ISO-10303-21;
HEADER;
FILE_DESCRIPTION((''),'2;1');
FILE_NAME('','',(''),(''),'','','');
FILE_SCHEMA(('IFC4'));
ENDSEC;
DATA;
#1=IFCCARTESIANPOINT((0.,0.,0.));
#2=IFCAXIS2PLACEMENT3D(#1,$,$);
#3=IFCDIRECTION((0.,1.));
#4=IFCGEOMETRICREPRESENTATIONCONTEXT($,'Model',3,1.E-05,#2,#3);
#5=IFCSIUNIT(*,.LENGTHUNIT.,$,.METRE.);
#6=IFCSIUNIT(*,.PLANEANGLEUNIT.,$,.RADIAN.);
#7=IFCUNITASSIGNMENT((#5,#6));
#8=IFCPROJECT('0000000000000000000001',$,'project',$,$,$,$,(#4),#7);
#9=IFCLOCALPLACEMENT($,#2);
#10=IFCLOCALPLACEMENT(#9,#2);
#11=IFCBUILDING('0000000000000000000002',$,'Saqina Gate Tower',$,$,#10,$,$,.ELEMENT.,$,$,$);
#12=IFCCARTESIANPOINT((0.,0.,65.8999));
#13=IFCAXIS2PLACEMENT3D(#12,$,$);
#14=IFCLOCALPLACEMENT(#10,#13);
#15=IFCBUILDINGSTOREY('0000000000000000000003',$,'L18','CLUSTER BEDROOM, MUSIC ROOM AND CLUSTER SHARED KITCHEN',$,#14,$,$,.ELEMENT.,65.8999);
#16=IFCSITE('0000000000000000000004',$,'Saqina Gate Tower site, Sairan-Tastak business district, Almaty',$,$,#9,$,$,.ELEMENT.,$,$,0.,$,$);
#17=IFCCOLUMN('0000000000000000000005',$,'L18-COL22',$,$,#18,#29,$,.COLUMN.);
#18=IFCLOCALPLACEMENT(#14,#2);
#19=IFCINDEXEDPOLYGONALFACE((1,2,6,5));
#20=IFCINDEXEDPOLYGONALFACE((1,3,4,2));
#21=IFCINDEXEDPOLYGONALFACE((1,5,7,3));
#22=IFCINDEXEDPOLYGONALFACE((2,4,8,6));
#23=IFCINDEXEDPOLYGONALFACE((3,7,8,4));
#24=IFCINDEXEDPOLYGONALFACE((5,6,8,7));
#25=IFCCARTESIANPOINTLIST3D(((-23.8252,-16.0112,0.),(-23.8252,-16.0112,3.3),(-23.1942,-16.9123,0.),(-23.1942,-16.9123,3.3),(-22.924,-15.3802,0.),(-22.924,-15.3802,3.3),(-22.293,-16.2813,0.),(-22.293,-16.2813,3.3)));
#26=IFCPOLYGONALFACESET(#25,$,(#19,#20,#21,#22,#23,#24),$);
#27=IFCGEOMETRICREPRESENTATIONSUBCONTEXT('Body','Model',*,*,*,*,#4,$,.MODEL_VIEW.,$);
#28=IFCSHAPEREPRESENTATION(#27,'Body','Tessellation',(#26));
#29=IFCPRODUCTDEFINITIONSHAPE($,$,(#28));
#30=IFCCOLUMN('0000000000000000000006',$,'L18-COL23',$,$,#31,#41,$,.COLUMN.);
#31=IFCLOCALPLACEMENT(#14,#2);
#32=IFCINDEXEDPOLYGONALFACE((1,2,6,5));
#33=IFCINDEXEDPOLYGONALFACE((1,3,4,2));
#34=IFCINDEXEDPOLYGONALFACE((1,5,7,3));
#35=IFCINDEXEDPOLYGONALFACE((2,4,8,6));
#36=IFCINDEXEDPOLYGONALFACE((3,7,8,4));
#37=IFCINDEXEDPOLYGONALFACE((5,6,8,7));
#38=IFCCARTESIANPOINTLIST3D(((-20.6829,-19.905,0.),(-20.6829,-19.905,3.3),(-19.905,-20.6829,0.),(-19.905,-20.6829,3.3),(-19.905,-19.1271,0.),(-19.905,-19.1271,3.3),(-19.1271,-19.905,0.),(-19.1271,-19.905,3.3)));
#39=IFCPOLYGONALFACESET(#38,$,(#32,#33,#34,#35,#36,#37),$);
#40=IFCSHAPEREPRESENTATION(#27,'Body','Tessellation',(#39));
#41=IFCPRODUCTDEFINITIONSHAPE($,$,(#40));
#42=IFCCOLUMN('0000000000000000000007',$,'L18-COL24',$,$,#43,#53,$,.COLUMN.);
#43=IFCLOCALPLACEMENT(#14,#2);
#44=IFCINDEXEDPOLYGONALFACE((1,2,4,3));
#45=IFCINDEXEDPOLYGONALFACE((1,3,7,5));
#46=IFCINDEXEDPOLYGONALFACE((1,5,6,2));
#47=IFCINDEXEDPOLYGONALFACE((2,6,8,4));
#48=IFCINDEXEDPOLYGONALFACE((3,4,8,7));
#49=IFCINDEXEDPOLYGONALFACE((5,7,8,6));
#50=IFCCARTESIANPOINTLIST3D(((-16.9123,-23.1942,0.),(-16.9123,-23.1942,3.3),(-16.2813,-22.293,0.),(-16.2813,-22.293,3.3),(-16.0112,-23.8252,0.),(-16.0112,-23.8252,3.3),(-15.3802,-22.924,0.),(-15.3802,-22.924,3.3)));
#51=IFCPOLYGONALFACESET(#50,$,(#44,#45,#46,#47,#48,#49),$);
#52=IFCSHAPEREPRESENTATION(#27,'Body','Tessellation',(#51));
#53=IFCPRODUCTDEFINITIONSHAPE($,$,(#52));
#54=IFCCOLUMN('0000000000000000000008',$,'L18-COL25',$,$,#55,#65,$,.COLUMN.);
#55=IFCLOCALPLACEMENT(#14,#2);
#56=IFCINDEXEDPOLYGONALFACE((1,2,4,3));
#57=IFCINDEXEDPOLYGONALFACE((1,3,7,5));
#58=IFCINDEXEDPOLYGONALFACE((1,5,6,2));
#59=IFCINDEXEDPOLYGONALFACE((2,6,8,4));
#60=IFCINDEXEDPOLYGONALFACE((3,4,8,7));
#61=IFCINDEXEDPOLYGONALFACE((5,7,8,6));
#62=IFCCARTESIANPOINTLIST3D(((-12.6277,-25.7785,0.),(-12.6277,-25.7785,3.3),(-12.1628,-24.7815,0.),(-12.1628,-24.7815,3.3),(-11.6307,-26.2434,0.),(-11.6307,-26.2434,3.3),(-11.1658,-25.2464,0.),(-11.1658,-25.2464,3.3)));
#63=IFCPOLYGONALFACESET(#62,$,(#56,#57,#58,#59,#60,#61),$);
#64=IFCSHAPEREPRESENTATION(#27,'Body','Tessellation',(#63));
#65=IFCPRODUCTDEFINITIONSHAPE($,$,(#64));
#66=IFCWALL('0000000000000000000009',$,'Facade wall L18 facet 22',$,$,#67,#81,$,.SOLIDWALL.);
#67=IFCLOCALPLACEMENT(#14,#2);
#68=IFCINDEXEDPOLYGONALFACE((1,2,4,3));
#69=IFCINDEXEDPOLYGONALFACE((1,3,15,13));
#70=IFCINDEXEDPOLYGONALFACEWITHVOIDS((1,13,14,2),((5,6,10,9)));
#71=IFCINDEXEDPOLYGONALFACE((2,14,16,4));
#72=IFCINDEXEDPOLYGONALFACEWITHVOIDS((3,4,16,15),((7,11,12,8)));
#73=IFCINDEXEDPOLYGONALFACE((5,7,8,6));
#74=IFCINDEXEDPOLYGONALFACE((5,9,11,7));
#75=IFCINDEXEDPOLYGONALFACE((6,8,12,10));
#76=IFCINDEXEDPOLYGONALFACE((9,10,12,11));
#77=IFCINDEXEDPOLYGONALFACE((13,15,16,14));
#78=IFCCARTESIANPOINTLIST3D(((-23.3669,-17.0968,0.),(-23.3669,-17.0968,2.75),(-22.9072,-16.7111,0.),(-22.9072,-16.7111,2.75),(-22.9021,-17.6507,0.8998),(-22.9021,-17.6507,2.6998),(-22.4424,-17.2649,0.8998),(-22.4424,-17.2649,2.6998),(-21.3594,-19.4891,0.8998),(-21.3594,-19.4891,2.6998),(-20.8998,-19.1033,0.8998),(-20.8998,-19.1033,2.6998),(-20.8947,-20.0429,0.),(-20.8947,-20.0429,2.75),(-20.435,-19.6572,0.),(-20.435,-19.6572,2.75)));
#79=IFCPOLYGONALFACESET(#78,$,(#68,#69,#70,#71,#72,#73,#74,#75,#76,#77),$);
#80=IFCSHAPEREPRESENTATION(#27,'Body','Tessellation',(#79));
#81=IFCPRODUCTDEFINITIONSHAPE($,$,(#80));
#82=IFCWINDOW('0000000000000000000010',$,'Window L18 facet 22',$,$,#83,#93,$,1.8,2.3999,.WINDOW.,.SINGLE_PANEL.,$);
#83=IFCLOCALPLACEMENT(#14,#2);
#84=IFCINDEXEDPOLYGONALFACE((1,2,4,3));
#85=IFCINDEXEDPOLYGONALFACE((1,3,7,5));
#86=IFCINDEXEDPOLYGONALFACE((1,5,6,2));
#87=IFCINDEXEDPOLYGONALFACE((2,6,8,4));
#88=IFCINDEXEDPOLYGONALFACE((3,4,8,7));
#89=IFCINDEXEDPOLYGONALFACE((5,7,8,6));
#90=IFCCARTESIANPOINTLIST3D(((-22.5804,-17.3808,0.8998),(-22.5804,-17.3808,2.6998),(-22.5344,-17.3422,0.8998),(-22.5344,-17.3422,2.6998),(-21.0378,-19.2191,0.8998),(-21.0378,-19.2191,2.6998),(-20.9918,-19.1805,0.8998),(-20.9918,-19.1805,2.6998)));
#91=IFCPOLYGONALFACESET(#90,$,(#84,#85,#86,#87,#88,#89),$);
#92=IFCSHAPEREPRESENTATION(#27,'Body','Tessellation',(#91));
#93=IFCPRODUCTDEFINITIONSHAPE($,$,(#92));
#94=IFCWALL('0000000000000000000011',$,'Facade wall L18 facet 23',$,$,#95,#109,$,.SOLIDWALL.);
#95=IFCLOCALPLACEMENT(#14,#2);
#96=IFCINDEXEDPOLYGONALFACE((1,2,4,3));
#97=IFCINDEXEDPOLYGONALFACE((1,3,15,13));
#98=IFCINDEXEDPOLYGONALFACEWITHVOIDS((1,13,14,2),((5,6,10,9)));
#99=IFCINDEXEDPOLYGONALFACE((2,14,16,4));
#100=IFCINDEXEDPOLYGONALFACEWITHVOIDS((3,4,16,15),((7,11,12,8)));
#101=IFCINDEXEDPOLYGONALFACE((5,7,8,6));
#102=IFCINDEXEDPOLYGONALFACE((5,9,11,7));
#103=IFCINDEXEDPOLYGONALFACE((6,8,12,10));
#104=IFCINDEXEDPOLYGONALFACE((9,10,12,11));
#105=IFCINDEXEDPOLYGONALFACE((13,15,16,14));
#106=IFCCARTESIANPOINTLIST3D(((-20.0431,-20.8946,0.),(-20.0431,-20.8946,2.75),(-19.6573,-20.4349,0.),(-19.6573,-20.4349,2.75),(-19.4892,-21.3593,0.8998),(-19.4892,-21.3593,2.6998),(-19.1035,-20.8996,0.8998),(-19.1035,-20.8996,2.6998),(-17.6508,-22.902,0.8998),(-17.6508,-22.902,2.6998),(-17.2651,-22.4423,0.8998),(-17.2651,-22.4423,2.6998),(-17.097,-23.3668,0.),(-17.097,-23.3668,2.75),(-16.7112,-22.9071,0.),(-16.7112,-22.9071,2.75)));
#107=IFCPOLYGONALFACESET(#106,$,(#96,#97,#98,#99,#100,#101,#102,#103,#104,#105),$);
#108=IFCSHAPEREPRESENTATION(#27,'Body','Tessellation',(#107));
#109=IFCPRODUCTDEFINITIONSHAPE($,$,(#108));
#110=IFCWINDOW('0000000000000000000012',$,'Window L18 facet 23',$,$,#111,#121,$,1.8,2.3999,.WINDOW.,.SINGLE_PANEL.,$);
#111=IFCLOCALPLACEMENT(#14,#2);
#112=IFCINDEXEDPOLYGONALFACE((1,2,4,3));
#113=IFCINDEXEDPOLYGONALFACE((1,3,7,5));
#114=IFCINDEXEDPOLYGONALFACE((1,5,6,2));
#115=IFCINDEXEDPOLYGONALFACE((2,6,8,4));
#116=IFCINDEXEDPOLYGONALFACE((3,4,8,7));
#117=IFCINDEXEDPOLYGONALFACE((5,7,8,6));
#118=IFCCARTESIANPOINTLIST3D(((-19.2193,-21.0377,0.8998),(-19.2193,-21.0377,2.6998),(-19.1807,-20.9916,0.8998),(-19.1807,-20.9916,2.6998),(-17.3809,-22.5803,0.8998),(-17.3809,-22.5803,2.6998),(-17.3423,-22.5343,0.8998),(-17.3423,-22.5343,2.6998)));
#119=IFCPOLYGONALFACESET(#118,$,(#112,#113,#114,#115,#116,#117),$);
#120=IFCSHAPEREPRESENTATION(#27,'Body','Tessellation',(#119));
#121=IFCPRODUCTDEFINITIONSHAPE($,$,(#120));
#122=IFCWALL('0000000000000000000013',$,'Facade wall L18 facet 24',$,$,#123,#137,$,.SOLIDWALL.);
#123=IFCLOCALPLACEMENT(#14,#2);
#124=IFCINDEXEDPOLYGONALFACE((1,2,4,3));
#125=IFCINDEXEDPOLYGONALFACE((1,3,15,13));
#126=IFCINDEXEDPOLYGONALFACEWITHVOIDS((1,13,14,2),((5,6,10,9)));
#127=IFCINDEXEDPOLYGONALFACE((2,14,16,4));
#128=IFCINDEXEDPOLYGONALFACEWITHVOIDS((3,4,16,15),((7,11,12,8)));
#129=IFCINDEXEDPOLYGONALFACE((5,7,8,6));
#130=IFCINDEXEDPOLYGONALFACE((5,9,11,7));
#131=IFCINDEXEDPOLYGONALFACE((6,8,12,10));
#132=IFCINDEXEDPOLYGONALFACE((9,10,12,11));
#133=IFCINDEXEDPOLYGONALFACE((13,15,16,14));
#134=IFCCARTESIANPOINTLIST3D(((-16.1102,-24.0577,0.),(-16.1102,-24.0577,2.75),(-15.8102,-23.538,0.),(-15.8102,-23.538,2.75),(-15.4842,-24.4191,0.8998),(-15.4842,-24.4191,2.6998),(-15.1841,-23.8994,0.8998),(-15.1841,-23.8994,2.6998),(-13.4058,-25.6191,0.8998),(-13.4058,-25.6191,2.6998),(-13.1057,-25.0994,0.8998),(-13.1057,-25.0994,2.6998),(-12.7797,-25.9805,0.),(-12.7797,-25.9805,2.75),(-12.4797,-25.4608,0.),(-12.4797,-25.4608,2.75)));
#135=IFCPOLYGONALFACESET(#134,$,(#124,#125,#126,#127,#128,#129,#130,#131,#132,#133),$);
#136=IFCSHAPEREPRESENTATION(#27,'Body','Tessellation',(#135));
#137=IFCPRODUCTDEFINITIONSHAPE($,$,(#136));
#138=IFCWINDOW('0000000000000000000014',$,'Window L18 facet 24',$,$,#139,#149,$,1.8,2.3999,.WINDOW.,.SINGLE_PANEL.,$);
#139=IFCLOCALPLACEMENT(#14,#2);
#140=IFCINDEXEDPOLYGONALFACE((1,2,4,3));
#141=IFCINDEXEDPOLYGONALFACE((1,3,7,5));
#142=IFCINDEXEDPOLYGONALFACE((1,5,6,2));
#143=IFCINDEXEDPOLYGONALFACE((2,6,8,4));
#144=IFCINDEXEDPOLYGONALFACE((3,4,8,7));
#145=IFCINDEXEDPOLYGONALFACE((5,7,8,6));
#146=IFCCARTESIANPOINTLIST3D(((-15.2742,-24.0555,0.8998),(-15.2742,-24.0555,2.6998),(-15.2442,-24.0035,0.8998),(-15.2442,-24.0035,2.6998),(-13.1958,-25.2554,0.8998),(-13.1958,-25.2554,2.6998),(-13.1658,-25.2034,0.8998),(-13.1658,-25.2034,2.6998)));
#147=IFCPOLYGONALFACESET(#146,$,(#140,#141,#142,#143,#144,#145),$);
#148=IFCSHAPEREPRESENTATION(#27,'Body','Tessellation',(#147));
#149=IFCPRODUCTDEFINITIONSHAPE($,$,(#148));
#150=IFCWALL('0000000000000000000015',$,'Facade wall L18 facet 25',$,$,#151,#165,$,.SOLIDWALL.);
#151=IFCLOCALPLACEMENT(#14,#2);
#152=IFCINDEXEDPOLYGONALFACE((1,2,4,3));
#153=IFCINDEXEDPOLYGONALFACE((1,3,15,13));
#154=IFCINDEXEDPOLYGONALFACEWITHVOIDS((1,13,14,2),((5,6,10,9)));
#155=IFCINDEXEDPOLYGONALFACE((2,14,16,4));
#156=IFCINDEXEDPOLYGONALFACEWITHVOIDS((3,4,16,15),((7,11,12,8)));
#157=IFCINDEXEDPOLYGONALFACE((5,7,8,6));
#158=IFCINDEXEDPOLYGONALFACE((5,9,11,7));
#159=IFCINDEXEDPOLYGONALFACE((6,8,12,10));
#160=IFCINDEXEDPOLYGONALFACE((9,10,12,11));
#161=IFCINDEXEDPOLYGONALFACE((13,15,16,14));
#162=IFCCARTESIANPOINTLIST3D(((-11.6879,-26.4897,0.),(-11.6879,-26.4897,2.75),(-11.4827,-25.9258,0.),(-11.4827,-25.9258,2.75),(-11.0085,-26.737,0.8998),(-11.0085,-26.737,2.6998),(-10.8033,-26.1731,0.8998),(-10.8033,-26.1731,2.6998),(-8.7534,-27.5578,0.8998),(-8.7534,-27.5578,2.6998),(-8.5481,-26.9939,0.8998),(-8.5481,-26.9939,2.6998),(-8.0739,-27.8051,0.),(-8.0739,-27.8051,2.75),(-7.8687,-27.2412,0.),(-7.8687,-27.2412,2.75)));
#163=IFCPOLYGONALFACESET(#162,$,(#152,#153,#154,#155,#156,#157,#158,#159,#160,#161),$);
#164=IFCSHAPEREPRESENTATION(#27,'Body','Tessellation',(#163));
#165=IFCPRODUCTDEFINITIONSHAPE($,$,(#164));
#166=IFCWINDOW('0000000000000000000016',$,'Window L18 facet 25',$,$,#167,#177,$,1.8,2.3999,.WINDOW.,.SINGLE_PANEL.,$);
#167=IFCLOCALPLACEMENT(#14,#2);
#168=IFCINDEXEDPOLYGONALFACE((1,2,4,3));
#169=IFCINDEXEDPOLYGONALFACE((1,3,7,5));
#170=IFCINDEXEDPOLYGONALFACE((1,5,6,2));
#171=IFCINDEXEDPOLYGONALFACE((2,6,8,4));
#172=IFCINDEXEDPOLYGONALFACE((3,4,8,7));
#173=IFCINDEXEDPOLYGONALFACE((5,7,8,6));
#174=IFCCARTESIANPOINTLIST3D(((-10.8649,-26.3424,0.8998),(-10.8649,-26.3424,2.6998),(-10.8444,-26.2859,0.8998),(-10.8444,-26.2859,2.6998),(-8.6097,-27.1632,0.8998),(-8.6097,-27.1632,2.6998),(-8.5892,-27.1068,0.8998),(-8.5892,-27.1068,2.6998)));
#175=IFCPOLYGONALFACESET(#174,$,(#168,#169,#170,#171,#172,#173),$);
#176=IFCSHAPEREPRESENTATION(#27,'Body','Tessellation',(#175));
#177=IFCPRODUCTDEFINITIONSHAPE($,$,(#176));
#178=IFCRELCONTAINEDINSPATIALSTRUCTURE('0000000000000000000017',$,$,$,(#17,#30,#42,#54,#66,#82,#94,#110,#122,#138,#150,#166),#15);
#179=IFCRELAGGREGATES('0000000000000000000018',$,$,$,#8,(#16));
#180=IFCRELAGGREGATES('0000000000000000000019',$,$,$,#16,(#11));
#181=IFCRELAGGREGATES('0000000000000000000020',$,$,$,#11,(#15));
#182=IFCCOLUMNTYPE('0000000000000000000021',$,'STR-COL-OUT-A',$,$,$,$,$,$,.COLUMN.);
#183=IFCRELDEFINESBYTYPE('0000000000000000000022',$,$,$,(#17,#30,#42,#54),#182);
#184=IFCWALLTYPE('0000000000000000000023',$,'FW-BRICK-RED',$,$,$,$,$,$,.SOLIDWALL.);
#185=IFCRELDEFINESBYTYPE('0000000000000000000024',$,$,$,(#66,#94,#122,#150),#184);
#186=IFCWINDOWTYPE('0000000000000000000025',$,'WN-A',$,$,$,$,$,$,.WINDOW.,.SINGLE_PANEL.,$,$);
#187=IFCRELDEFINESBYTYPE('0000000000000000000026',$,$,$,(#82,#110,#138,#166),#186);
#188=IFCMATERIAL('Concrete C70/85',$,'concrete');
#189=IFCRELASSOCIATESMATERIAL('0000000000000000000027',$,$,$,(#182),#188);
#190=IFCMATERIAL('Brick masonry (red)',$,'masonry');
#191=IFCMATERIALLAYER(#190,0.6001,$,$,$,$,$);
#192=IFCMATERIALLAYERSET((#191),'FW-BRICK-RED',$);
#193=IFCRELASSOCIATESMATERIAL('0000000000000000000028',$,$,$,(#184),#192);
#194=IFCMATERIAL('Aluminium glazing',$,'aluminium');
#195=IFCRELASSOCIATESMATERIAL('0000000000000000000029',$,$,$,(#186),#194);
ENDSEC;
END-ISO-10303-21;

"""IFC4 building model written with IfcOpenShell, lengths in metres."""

from ifc_helpers import new_model, si_unit, direction, frame, frame_2d, origin, origin_2d, place, context, subcontext, project, spatial, rectangle, extrude, material, layer, layer_set, material_profile, profile_set, type_object, element, fill, save


model = new_model("IFC4")

# Units and contexts
model_context = context("Model", 3, precision=1e-05, world=origin(), true_north=direction((0.0, 1.0)))
body_context = subcontext(model_context, "Body", "Model", "MODEL_VIEW")
ifc_project = project(units=[si_unit("LENGTHUNIT", "METRE"), si_unit("PLANEANGLEUNIT", "RADIAN")], contexts=[model_context])

# Site, building, storey
site_placement = place(None, origin())
site = spatial("IfcSite", under=ifc_project, at=site_placement, Name="Saqina Gate Tower site, Sairan-Tastak business district, Almaty", CompositionType="ELEMENT", RefElevation=0.0)
building_placement = place(site_placement, origin())
building = spatial("IfcBuilding", under=site, at=building_placement, Name="Saqina Gate Tower", CompositionType="ELEMENT")
storey_placement = place(building_placement, frame((0.0, 0.0, 65.8999)))
storey = spatial("IfcBuildingStorey", under=building, at=storey_placement, Name="L18", Description="CLUSTER BEDROOM, MUSIC ROOM AND CLUSTER SHARED KITCHEN", CompositionType="ELEMENT", Elevation=65.8999)

# Columns
ifc_material_1 = material(Name="Concrete C70/85", Category="concrete")
ifc_material_profile = material_profile(ifc_material_1, rectangle(XDim=1.1001, YDim=1.1001, at=origin_2d()), Name="RC 1100x1100")
ifc_profile_set = profile_set([ifc_material_profile], Name="Concrete C70/85")
column_type = type_object("IfcColumnType", Name="STR-COL-OUT-A", PredefinedType="COLUMN", material=ifc_profile_set)
for number, where, z_axis, x_axis, name in (
    (1, (-23.0591, -16.1462, 0.0), (0.0, 0.0, 1.0), (-0.819152, -0.573576, 0.0), "L18-COL22"),
    (2, (-19.905, -19.905, 0.0), (0.0, 0.0, 1.0), (-0.707107, -0.707107, 0.0), "L18-COL23"),
    (3, (-16.1462, -23.0591, 0.0), (0.0, 0.0, 1.0), (-0.573576, -0.819152, 0.0), "L18-COL24"),
    (4, (-11.8967, -25.5125, 0.0), (0.0, 0.0, 1.0), (-0.422618, -0.906308, 0.0), "L18-COL25"),
):
    element("IfcColumn", number, at=place(storey_placement, frame(where, z_axis=z_axis, x_axis=x_axis)), inside=storey, type_object=column_type, Name=name, PredefinedType="COLUMN", context=body_context, shape_type="SweptSolid", body=[
        extrude(rectangle(XDim=1.1001, YDim=1.1001, at=origin_2d()), origin(), (0.0, 0.0, 1.0), 3.3),
    ])

# Walls, openings, windows
ifc_material_2 = material(Name="Brick masonry (red)", Category="masonry")
ifc_layer_1 = layer(ifc_material_2, 0.6001)
ifc_layer_set_1 = layer_set([ifc_layer_1], Name="FW-BRICK-RED")
wall_type_1 = type_object("IfcWallType", Name="FW-BRICK-RED", PredefinedType="SOLIDWALL", material=ifc_layer_set_1)
wall_1_placement = place(storey_placement, frame((-23.137, -16.9041, 0.0), z_axis=(0.0, 0.0, 1.0), x_axis=(0.642809, -0.766026, 0.0)))
wall_1 = element("IfcWall", 5, at=wall_1_placement, inside=storey, type_object=wall_type_1, Name="Facade wall L18 facet 22", PredefinedType="SOLIDWALL", context=body_context, shape_type="SweptSolid", body=[
    extrude(rectangle(XDim=3.8459, YDim=0.6001, at=frame_2d((1.9229, 0.0))), origin(), (0.0, 0.0, 1.0), 2.75),
])
opening_1_placement = place(wall_1_placement, frame((0.7229, 0.0, 0.8999)))
opening_1 = element("IfcOpeningElement", 6, at=opening_1_placement, cuts=wall_1, PredefinedType="OPENING", context=body_context, shape_type="SweptSolid", body=[
    extrude(rectangle(XDim=2.3999, YDim=1.8, at=frame_2d((1.2, 0.8999))), frame((0.0, 0.312, 0.0), z_axis=(0.0, -1.0, 0.0), x_axis=(1.0, 0.0, 0.0)), (0.0, 0.0, 1.0), 0.624),
])
ifc_material_3 = material(Name="Aluminium glazing", Category="aluminium")
window_type = type_object("IfcWindowType", Name="WN-A", PartitioningType="SINGLE_PANEL", PredefinedType="WINDOW", material=ifc_material_3)
window_1_placement = place(opening_1_placement, origin())
window_1 = element("IfcWindow", 7, at=window_1_placement, inside=storey, type_object=window_type, Name="Window L18 facet 22", OverallHeight=1.8, OverallWidth=2.3999, PartitioningType="SINGLE_PANEL", PredefinedType="WINDOW", context=body_context, shape_type="SweptSolid", body=[
    extrude(rectangle(XDim=2.3999, YDim=1.8, at=frame_2d((1.2, 0.8999))), frame((0.0, 0.1799, 0.0), z_axis=(0.0, -1.0, 0.0), x_axis=(1.0, 0.0, 0.0)), (0.0, 0.0, 1.0), 0.0601),
])
fill(opening_1, window_1)
wall_2_placement = place(storey_placement, frame((-19.8501, -20.6648, 0.0), z_axis=(0.0, 0.0, 1.0), x_axis=(0.766026, -0.642809, 0.0)))
wall_2 = element("IfcWall", 8, at=wall_2_placement, inside=storey, type_object=wall_type_1, Name="Facade wall L18 facet 23", PredefinedType="SOLIDWALL", context=body_context, shape_type="SweptSolid", body=[
    extrude(rectangle(XDim=3.8459, YDim=0.6001, at=frame_2d((1.9229, 0.0))), origin(), (0.0, 0.0, 1.0), 2.75),
])
opening_2_placement = place(wall_2_placement, frame((0.7229, 0.0, 0.8999)))
opening_2 = element("IfcOpeningElement", 9, at=opening_2_placement, cuts=wall_2, PredefinedType="OPENING", context=body_context, shape_type="SweptSolid", body=[
    extrude(rectangle(XDim=2.3999, YDim=1.8, at=frame_2d((1.2, 0.8999))), frame((0.0, 0.312, 0.0), z_axis=(0.0, -1.0, 0.0), x_axis=(1.0, 0.0, 0.0)), (0.0, 0.0, 1.0), 0.624),
])
window_2_placement = place(opening_2_placement, origin())
window_2 = element("IfcWindow", 10, at=window_2_placement, inside=storey, type_object=window_type, Name="Window L18 facet 23", OverallHeight=1.8, OverallWidth=2.3999, PartitioningType="SINGLE_PANEL", PredefinedType="WINDOW", context=body_context, shape_type="SweptSolid", body=[
    extrude(rectangle(XDim=2.3999, YDim=1.8, at=frame_2d((1.2, 0.8999))), frame((0.0, 0.1799, 0.0), z_axis=(0.0, -1.0, 0.0), x_axis=(1.0, 0.0, 0.0)), (0.0, 0.0, 1.0), 0.0601),
])
fill(opening_2, window_2)
wall_3_placement = place(storey_placement, frame((-15.9602, -23.7979, 0.0), z_axis=(0.0, 0.0, 1.0), x_axis=(0.866031, -0.49999, 0.0)))
wall_3 = element("IfcWall", 11, at=wall_3_placement, inside=storey, type_object=wall_type_1, Name="Facade wall L18 facet 24", PredefinedType="SOLIDWALL", context=body_context, shape_type="SweptSolid", body=[
    extrude(rectangle(XDim=3.8457, YDim=0.6001, at=frame_2d((1.9229, 0.0))), origin(), (0.0, 0.0, 1.0), 2.75),
])
opening_3_placement = place(wall_3_placement, frame((0.7229, 0.0, 0.8999)))
opening_3 = element("IfcOpeningElement", 12, at=opening_3_placement, cuts=wall_3, PredefinedType="OPENING", context=body_context, shape_type="SweptSolid", body=[
    extrude(rectangle(XDim=2.3999, YDim=1.8, at=frame_2d((1.2, 0.8999))), frame((0.0, 0.312, 0.0), z_axis=(0.0, -1.0, 0.0), x_axis=(1.0, 0.0, 0.0)), (0.0, 0.0, 1.0), 0.624),
])
window_3_placement = place(opening_3_placement, origin())
window_3 = element("IfcWindow", 13, at=window_3_placement, inside=storey, type_object=window_type, Name="Window L18 facet 24", OverallHeight=1.8, OverallWidth=2.3999, PartitioningType="SINGLE_PANEL", PredefinedType="WINDOW", context=body_context, shape_type="SweptSolid", body=[
    extrude(rectangle(XDim=2.3999, YDim=1.8, at=frame_2d((1.2, 0.8999))), frame((0.0, 0.1799, 0.0), z_axis=(0.0, -1.0, 0.0), x_axis=(1.0, 0.0, 0.0)), (0.0, 0.0, 1.0), 0.0601),
])
fill(opening_3, window_3)
wall_4_placement = place(storey_placement, frame((-11.5852, -26.2078, 0.0), z_axis=(0.0, 0.0, 1.0), x_axis=(0.93969, -0.342028, 0.0)))
wall_4 = element("IfcWall", 14, at=wall_4_placement, inside=storey, type_object=wall_type_1, Name="Facade wall L18 facet 25", PredefinedType="SOLIDWALL", context=body_context, shape_type="SweptSolid", body=[
    extrude(rectangle(XDim=3.8459, YDim=0.6001, at=frame_2d((1.9229, 0.0))), origin(), (0.0, 0.0, 1.0), 2.75),
])
opening_4_placement = place(wall_4_placement, frame((0.7229, 0.0, 0.8999)))
opening_4 = element("IfcOpeningElement", 15, at=opening_4_placement, cuts=wall_4, PredefinedType="OPENING", context=body_context, shape_type="SweptSolid", body=[
    extrude(rectangle(XDim=2.3999, YDim=1.8, at=frame_2d((1.2, 0.8999))), frame((0.0, 0.312, 0.0), z_axis=(0.0, -1.0, 0.0), x_axis=(1.0, 0.0, 0.0)), (0.0, 0.0, 1.0), 0.624),
])
window_4_placement = place(opening_4_placement, origin())
window_4 = element("IfcWindow", 16, at=window_4_placement, inside=storey, type_object=window_type, Name="Window L18 facet 25", OverallHeight=1.8, OverallWidth=2.3999, PartitioningType="SINGLE_PANEL", PredefinedType="WINDOW", context=body_context, shape_type="SweptSolid", body=[
    extrude(rectangle(XDim=2.3999, YDim=1.8, at=frame_2d((1.2, 0.8999))), frame((0.0, 0.1799, 0.0), z_axis=(0.0, -1.0, 0.0), x_axis=(1.0, 0.0, 0.0)), (0.0, 0.0, 1.0), 0.0601),
])
fill(opening_4, window_4)

save(model, "model.ifc")
